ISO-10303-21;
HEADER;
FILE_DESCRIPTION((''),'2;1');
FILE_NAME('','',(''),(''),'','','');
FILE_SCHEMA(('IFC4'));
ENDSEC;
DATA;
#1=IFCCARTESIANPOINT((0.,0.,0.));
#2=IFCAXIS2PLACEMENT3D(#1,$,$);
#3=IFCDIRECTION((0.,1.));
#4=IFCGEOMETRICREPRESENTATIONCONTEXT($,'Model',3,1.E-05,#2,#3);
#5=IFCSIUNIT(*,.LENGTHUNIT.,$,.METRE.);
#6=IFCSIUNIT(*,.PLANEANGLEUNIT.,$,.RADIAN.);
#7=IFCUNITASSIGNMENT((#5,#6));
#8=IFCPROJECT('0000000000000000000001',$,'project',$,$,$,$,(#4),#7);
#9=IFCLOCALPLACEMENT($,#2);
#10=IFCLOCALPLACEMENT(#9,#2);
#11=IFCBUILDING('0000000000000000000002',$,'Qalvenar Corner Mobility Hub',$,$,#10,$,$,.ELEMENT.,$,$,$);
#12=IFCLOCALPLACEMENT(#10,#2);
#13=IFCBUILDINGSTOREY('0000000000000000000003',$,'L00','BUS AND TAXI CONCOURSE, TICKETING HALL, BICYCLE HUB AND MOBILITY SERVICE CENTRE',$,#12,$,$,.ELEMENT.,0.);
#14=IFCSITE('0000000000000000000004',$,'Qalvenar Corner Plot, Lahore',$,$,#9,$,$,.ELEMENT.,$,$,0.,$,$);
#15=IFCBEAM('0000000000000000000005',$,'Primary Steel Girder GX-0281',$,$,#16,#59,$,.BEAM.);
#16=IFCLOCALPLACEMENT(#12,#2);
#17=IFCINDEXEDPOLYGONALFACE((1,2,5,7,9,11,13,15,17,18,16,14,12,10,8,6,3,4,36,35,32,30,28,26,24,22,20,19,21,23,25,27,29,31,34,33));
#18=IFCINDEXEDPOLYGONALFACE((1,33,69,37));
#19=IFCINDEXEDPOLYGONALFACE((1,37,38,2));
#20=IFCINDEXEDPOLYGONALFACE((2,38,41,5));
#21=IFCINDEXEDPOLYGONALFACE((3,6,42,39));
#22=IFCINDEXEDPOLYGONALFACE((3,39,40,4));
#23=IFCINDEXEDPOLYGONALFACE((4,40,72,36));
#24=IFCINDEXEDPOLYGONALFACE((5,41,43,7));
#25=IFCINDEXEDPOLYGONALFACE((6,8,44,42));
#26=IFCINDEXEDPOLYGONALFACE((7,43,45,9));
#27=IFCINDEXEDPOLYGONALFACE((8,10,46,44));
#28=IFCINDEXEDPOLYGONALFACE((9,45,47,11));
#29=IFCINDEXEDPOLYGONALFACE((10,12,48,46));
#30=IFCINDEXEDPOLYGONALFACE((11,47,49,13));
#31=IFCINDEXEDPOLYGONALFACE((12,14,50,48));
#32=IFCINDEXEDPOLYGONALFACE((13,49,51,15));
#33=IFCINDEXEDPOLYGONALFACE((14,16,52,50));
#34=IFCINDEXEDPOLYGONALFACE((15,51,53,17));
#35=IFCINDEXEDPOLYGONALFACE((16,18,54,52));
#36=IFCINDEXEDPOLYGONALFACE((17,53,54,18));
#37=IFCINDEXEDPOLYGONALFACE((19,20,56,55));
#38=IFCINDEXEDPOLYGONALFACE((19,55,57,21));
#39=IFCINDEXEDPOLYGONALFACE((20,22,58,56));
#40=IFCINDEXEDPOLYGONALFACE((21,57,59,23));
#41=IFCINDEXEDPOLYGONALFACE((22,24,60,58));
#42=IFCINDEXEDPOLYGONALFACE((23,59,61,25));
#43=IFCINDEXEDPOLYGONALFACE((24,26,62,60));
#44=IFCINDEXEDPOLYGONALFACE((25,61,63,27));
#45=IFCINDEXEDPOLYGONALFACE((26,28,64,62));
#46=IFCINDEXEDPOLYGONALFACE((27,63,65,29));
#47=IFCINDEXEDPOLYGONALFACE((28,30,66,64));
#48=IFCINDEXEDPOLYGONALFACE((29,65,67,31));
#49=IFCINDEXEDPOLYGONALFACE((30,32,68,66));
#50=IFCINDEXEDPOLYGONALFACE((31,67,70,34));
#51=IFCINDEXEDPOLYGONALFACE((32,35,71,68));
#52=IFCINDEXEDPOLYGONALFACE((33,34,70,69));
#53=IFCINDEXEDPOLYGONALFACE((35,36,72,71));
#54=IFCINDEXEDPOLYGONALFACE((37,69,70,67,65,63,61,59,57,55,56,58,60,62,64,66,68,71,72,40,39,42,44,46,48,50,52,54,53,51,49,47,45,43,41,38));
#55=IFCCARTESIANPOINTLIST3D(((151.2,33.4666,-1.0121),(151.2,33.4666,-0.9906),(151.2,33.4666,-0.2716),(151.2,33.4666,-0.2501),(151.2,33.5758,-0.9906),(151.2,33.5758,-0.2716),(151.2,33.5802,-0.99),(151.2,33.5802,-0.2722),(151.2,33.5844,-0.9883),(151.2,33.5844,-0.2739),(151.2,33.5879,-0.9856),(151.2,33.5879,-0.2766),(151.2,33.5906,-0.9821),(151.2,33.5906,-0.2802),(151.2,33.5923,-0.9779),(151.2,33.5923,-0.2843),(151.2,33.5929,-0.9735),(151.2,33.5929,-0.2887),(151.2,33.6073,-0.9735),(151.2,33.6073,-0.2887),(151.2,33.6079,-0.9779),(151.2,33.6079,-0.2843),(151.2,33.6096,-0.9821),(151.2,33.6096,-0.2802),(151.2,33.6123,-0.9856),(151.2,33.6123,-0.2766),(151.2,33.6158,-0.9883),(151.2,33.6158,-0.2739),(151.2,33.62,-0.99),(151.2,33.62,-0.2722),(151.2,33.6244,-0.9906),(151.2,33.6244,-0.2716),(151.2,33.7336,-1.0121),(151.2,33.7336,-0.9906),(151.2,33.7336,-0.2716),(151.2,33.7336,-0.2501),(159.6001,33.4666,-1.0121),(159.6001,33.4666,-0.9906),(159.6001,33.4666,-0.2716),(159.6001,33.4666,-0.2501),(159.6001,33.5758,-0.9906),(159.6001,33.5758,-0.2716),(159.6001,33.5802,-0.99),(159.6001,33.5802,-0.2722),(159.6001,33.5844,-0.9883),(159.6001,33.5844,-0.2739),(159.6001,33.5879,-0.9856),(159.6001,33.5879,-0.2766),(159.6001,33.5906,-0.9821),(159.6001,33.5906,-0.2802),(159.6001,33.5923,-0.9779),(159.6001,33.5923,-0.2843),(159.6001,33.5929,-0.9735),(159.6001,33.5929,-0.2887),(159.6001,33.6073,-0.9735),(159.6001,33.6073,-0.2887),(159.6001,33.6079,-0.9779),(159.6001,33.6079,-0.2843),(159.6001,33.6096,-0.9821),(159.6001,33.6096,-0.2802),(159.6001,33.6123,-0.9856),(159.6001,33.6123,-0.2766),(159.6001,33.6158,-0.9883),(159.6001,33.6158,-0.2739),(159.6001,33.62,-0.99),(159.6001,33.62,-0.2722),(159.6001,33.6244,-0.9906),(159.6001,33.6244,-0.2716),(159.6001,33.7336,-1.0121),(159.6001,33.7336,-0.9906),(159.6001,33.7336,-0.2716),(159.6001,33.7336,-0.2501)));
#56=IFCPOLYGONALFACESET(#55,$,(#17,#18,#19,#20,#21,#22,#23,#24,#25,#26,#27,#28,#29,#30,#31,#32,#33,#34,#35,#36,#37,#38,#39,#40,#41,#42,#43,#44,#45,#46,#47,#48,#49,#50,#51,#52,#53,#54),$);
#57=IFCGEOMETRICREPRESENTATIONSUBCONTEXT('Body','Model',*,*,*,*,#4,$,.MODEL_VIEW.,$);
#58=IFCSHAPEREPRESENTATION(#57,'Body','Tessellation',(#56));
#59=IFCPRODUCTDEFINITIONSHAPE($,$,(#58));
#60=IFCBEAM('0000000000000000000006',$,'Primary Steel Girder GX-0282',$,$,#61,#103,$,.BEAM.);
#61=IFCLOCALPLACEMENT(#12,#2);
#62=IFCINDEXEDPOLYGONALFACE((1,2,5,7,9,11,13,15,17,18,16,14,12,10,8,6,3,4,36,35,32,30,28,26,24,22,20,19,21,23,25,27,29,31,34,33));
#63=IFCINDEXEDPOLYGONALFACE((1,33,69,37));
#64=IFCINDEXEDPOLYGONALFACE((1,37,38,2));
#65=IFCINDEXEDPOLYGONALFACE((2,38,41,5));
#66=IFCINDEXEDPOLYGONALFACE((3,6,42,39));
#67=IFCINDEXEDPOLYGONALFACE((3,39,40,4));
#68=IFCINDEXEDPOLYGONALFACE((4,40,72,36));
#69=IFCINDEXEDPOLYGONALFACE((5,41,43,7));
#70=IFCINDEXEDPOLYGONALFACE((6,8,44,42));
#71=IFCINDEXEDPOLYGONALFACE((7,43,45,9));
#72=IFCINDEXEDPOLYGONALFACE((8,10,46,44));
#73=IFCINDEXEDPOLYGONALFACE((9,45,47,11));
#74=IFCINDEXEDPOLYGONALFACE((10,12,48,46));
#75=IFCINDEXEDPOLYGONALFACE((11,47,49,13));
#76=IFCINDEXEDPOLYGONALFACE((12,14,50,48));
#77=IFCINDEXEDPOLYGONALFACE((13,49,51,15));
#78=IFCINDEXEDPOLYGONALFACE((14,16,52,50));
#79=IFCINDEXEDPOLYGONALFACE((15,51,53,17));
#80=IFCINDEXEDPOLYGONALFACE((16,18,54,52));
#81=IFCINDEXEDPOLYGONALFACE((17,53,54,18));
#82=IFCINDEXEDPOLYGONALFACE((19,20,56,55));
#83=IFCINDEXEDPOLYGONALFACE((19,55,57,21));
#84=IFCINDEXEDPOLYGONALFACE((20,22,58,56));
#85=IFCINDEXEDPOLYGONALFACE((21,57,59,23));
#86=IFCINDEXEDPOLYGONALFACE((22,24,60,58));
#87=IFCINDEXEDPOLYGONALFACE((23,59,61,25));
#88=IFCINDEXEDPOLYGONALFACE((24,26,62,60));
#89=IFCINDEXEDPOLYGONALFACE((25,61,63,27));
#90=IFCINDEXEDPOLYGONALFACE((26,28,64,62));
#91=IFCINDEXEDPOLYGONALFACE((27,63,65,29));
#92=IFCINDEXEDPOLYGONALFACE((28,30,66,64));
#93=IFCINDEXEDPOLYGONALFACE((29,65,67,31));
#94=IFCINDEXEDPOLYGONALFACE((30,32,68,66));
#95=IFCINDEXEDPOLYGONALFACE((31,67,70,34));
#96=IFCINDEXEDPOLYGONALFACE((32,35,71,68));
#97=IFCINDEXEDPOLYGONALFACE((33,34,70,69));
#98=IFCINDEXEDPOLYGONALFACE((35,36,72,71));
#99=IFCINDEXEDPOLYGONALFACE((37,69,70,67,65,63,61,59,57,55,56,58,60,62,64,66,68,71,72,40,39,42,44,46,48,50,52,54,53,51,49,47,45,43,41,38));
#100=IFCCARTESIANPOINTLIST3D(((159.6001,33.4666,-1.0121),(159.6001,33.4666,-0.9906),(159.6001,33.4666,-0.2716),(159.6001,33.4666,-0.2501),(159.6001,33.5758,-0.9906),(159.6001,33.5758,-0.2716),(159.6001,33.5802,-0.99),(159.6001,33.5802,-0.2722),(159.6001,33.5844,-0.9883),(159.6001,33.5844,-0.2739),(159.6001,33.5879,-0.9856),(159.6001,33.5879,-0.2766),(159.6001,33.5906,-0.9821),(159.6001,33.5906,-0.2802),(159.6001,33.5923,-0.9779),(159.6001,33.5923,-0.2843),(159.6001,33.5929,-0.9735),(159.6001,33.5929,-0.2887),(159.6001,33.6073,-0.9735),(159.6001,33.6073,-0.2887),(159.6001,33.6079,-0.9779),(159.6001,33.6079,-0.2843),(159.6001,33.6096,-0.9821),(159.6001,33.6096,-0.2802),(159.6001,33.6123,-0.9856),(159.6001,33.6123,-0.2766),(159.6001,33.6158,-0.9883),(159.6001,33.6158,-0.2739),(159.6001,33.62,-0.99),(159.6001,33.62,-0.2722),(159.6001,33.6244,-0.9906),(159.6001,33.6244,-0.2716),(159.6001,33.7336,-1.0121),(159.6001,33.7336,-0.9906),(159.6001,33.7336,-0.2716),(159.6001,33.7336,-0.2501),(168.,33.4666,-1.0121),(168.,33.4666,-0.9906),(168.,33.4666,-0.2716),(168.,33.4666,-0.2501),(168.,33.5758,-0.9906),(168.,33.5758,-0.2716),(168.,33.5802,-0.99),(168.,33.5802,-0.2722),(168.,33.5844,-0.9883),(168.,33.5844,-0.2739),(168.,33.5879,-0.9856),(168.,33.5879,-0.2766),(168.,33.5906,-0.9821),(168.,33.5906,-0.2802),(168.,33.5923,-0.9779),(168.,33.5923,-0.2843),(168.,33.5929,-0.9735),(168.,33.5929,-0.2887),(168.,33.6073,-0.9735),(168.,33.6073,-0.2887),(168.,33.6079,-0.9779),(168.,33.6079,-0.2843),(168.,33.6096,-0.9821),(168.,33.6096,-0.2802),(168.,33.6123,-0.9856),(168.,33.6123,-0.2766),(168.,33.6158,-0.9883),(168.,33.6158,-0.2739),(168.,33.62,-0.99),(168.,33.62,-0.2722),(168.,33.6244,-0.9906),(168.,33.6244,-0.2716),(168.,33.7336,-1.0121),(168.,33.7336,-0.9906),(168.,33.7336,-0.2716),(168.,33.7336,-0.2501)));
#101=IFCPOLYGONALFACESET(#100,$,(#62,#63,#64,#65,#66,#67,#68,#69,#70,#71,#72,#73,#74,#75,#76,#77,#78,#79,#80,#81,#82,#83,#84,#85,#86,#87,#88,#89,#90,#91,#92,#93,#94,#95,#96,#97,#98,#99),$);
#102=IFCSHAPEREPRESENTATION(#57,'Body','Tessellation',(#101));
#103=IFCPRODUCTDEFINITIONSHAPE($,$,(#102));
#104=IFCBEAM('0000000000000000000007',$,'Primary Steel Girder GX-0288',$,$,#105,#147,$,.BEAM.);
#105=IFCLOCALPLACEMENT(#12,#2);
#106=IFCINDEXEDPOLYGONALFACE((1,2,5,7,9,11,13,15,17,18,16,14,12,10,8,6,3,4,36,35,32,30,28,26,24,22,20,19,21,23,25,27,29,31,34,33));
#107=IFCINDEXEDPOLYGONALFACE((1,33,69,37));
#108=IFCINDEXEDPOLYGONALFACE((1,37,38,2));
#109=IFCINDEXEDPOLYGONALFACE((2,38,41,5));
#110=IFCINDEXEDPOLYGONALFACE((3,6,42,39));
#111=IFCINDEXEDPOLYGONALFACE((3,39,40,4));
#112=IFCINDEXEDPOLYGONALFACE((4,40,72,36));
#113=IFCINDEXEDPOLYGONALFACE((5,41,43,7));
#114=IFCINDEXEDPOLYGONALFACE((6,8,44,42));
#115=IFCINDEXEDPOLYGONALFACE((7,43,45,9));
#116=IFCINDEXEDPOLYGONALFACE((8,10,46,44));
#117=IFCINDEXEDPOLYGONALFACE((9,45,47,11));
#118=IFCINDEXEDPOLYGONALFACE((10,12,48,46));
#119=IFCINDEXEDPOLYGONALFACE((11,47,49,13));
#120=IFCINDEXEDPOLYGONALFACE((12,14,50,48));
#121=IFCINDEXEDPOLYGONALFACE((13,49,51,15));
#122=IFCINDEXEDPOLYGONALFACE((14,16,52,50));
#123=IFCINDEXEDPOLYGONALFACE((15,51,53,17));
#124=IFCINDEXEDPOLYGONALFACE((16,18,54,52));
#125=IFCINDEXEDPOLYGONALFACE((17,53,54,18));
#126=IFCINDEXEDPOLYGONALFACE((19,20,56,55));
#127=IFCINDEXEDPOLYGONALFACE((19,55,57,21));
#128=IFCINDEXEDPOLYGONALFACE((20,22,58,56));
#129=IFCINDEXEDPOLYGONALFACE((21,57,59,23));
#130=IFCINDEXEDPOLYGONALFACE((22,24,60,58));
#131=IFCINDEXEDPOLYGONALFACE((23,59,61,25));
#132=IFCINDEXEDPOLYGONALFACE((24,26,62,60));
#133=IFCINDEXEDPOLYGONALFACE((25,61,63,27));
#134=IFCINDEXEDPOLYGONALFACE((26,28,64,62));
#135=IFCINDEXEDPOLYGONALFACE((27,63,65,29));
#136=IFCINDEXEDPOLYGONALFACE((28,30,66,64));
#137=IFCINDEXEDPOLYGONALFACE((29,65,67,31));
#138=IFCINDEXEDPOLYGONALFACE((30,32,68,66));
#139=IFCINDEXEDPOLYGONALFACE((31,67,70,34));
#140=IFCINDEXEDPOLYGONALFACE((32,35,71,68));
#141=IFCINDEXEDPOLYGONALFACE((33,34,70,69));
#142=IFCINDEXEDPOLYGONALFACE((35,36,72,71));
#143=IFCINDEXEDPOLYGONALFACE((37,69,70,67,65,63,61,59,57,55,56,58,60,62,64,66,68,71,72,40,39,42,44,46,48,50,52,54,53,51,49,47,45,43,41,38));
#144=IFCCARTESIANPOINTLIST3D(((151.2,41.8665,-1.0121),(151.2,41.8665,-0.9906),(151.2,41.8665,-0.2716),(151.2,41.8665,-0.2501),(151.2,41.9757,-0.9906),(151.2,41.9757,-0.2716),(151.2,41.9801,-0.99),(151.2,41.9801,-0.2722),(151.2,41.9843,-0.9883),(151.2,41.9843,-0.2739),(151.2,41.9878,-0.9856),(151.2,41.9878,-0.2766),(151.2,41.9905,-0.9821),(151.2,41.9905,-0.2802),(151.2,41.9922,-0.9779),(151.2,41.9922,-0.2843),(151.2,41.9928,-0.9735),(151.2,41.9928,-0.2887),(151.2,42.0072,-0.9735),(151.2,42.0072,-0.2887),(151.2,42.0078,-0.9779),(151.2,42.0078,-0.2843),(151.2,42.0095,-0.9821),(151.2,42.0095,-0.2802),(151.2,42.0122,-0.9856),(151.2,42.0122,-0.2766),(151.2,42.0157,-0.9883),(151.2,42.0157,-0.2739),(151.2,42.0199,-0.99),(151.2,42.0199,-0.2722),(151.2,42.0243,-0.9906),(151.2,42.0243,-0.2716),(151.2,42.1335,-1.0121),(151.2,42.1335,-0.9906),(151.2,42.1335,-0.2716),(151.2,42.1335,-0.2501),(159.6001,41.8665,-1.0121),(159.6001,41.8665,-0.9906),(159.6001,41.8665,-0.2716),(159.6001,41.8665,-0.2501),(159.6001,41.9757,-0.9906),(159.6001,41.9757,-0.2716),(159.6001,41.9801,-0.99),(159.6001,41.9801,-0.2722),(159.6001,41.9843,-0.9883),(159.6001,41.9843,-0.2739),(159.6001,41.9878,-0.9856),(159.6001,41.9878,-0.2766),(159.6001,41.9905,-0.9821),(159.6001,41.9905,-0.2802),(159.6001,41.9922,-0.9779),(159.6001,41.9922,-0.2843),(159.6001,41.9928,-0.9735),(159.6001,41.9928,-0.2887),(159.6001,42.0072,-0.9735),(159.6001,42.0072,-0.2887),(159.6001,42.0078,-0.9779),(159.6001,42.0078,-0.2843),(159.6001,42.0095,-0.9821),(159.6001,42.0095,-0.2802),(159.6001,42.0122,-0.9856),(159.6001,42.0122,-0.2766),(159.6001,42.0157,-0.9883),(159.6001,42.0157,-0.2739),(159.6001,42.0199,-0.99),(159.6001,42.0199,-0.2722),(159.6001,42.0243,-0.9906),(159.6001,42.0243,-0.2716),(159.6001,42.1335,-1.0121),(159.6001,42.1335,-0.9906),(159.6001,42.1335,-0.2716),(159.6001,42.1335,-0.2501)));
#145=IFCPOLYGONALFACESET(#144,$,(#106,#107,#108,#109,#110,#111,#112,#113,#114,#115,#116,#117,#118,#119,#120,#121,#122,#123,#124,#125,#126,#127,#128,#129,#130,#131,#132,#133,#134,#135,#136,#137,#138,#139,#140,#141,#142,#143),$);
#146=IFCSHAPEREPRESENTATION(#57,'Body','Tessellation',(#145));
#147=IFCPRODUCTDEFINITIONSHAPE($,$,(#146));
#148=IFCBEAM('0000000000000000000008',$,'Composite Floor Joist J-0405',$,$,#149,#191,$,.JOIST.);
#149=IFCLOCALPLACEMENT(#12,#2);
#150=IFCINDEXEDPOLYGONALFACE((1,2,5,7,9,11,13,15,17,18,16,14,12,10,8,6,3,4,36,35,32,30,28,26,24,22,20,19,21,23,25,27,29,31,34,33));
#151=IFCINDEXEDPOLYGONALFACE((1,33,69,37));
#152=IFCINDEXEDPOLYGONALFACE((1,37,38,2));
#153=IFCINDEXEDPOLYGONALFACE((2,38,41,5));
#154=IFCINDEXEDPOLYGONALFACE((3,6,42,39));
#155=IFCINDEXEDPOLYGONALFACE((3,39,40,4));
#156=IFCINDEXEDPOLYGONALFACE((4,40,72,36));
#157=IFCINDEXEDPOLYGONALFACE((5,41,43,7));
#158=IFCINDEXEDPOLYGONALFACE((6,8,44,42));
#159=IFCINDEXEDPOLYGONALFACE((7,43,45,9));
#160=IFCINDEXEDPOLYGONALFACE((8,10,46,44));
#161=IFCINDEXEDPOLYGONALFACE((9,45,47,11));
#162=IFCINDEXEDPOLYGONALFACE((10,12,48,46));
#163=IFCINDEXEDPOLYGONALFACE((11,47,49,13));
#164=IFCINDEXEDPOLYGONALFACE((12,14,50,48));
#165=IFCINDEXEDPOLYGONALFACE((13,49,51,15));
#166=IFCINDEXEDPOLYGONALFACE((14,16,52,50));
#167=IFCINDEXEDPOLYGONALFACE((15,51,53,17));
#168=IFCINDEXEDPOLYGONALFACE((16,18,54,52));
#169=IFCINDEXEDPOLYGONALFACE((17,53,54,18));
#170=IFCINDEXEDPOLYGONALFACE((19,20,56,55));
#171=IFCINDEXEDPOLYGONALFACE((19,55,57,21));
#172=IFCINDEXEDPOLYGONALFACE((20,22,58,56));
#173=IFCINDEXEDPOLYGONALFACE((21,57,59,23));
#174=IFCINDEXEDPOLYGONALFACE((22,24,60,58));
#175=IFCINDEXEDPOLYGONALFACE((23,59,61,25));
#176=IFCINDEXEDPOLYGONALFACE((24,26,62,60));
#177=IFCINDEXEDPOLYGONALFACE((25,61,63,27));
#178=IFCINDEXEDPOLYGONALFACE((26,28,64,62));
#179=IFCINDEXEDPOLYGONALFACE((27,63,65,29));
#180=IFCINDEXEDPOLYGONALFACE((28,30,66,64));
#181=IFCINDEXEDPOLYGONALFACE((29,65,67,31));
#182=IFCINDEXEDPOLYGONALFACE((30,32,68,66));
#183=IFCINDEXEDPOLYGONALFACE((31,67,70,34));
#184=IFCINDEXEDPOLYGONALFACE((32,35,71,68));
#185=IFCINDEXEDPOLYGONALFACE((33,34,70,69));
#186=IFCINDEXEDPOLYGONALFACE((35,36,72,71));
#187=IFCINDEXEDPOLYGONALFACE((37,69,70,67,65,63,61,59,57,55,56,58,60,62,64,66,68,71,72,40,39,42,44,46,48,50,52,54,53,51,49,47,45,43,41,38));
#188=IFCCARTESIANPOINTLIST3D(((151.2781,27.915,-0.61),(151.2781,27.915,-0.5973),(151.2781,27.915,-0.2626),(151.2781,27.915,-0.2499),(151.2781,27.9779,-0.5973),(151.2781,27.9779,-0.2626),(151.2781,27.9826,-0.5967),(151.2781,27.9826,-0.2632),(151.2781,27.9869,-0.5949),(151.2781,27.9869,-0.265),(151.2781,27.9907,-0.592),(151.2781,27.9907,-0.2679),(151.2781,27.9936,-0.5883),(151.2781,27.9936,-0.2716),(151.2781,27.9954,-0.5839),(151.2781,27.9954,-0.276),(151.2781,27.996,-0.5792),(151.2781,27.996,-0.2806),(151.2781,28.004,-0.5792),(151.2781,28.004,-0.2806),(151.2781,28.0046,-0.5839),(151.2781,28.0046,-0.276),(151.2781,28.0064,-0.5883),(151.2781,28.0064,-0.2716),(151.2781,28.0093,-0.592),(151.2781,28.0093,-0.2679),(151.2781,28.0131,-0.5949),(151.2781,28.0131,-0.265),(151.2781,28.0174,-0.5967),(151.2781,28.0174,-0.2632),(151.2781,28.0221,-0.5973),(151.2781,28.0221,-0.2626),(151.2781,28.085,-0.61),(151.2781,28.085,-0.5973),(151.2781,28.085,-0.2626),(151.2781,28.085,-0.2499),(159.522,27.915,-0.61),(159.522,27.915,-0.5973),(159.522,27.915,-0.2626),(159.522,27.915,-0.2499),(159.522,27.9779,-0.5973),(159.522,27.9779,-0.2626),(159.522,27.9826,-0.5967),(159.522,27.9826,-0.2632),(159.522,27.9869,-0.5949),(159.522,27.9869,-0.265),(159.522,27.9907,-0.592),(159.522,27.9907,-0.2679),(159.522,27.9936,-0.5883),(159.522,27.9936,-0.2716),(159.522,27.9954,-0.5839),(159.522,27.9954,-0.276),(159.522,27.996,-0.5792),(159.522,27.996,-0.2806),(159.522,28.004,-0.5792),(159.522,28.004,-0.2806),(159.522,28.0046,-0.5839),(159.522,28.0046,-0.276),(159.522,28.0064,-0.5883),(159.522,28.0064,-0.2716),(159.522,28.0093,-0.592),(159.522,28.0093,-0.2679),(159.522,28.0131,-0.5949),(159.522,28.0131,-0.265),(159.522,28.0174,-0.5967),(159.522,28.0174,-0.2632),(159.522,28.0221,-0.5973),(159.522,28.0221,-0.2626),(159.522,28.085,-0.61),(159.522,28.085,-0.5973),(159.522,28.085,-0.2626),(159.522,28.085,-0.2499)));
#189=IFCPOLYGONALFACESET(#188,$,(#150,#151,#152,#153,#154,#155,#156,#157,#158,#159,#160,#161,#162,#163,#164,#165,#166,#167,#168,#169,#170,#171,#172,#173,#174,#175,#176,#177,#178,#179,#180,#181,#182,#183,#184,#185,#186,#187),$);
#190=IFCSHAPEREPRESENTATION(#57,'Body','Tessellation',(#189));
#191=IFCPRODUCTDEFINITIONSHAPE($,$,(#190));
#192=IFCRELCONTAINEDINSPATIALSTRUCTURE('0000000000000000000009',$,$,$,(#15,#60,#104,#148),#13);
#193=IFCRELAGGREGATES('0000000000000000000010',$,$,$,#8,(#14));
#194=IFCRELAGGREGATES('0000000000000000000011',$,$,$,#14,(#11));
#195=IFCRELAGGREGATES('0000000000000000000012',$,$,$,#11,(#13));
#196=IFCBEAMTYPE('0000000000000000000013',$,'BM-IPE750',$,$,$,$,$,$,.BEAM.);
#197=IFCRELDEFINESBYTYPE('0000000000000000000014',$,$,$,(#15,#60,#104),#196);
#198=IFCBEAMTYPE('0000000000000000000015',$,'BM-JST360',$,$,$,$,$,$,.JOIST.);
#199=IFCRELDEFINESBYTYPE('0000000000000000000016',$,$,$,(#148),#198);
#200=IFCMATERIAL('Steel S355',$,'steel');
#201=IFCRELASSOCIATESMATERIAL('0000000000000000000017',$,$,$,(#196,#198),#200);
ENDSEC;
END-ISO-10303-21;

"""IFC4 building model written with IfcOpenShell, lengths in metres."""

from ifc_helpers import new_model, si_unit, direction, frame, origin, origin_2d, place, context, subcontext, project, spatial, i_section, extrude, material, material_profile, profile_set, type_object, element, save


model = new_model("IFC4")

# Units and contexts
model_context = context("Model", 3, precision=1e-05, world=origin(), true_north=direction((0.0, 1.0)))
body_context = subcontext(model_context, "Body", "Model", "MODEL_VIEW")
ifc_project = project(units=[si_unit("LENGTHUNIT", "METRE"), si_unit("PLANEANGLEUNIT", "RADIAN")], contexts=[model_context])

# Site, building, storey
site_placement = place(None, origin())
site = spatial("IfcSite", under=ifc_project, at=site_placement, Name="Qalvenar Corner Plot, Lahore", CompositionType="ELEMENT", RefElevation=0.0)
building_placement = place(site_placement, origin())
building = spatial("IfcBuilding", under=site, at=building_placement, Name="Qalvenar Corner Mobility Hub", CompositionType="ELEMENT")
storey_placement = place(building_placement, origin())
storey = spatial("IfcBuildingStorey", under=building, at=storey_placement, Name="L00", Description="BUS AND TAXI CONCOURSE, TICKETING HALL, BICYCLE HUB AND MOBILITY SERVICE CENTRE", CompositionType="ELEMENT", Elevation=0.0)

# Shared definitions
ifc_material_1 = material(Name="Steel S355", Category="steel")

# Beams
ifc_material_profile_1 = material_profile(ifc_material_1, i_section(OverallWidth=0.2671, OverallDepth=0.762, WebThickness=0.0144, FlangeThickness=0.0215, FilletRadius=0.0171, at=origin_2d()), Name="IPE750x173")
ifc_profile_set_1 = profile_set([ifc_material_profile_1], Name="Steel S355")
beam_type_1 = type_object("IfcBeamType", Name="BM-IPE750", PredefinedType="BEAM", material=ifc_profile_set_1)
beam_1_placement = place(storey_placement, frame((151.2, 33.6001, -0.6311), z_axis=(1.0, 0.0, 0.0), x_axis=(0.0, 1.0, 0.0)))
element("IfcBeam", 1, at=beam_1_placement, inside=storey, type_object=beam_type_1, Name="Primary Steel Girder GX-0281", PredefinedType="BEAM", context=body_context, shape_type="SweptSolid", body=[
    extrude(i_section(OverallWidth=0.2671, OverallDepth=0.762, WebThickness=0.0144, FlangeThickness=0.0215, FilletRadius=0.0171, at=origin_2d()), origin(), (0.0, 0.0, 1.0), 8.4001),
])
beam_2_placement = place(storey_placement, frame((159.6001, 33.6001, -0.6311), z_axis=(1.0, 0.0, 0.0), x_axis=(0.0, 1.0, 0.0)))
element("IfcBeam", 2, at=beam_2_placement, inside=storey, type_object=beam_type_1, Name="Primary Steel Girder GX-0282", PredefinedType="BEAM", context=body_context, shape_type="SweptSolid", body=[
    extrude(i_section(OverallWidth=0.2671, OverallDepth=0.762, WebThickness=0.0144, FlangeThickness=0.0215, FilletRadius=0.0171, at=origin_2d()), origin(), (0.0, 0.0, 1.0), 8.3999),
])
beam_3_placement = place(storey_placement, frame((151.2, 42.0, -0.6311), z_axis=(1.0, 0.0, 0.0), x_axis=(0.0, 1.0, 0.0)))
element("IfcBeam", 3, at=beam_3_placement, inside=storey, type_object=beam_type_1, Name="Primary Steel Girder GX-0288", PredefinedType="BEAM", context=body_context, shape_type="SweptSolid", body=[
    extrude(i_section(OverallWidth=0.2671, OverallDepth=0.762, WebThickness=0.0144, FlangeThickness=0.0215, FilletRadius=0.0171, at=origin_2d()), origin(), (0.0, 0.0, 1.0), 8.4001),
])
ifc_material_profile_2 = material_profile(ifc_material_1, i_section(OverallWidth=0.1699, OverallDepth=0.3601, WebThickness=0.0081, FlangeThickness=0.0127, FilletRadius=0.0181, at=origin_2d()), Name="IPE360")
ifc_profile_set_2 = profile_set([ifc_material_profile_2], Name="Steel S355")
beam_type_2 = type_object("IfcBeamType", Name="BM-JST360", PredefinedType="JOIST", material=ifc_profile_set_2)
for number, where, z_axis, x_axis, name in (
    (4, (151.2781, 28.0, -0.4299), (1.0, 0.0, 0.0), (0.0, 1.0, 0.0), "Composite Floor Joist J-0405"),
):
    element("IfcBeam", number, at=place(storey_placement, frame(where, z_axis=z_axis, x_axis=x_axis)), inside=storey, type_object=beam_type_2, Name=name, PredefinedType="JOIST", context=body_context, shape_type="SweptSolid", body=[
        extrude(i_section(OverallWidth=0.1699, OverallDepth=0.3601, WebThickness=0.0081, FlangeThickness=0.0127, FilletRadius=0.0181, at=origin_2d()), origin(), (0.0, 0.0, 1.0), 8.2439),
    ])

save(model, "model.ifc")
